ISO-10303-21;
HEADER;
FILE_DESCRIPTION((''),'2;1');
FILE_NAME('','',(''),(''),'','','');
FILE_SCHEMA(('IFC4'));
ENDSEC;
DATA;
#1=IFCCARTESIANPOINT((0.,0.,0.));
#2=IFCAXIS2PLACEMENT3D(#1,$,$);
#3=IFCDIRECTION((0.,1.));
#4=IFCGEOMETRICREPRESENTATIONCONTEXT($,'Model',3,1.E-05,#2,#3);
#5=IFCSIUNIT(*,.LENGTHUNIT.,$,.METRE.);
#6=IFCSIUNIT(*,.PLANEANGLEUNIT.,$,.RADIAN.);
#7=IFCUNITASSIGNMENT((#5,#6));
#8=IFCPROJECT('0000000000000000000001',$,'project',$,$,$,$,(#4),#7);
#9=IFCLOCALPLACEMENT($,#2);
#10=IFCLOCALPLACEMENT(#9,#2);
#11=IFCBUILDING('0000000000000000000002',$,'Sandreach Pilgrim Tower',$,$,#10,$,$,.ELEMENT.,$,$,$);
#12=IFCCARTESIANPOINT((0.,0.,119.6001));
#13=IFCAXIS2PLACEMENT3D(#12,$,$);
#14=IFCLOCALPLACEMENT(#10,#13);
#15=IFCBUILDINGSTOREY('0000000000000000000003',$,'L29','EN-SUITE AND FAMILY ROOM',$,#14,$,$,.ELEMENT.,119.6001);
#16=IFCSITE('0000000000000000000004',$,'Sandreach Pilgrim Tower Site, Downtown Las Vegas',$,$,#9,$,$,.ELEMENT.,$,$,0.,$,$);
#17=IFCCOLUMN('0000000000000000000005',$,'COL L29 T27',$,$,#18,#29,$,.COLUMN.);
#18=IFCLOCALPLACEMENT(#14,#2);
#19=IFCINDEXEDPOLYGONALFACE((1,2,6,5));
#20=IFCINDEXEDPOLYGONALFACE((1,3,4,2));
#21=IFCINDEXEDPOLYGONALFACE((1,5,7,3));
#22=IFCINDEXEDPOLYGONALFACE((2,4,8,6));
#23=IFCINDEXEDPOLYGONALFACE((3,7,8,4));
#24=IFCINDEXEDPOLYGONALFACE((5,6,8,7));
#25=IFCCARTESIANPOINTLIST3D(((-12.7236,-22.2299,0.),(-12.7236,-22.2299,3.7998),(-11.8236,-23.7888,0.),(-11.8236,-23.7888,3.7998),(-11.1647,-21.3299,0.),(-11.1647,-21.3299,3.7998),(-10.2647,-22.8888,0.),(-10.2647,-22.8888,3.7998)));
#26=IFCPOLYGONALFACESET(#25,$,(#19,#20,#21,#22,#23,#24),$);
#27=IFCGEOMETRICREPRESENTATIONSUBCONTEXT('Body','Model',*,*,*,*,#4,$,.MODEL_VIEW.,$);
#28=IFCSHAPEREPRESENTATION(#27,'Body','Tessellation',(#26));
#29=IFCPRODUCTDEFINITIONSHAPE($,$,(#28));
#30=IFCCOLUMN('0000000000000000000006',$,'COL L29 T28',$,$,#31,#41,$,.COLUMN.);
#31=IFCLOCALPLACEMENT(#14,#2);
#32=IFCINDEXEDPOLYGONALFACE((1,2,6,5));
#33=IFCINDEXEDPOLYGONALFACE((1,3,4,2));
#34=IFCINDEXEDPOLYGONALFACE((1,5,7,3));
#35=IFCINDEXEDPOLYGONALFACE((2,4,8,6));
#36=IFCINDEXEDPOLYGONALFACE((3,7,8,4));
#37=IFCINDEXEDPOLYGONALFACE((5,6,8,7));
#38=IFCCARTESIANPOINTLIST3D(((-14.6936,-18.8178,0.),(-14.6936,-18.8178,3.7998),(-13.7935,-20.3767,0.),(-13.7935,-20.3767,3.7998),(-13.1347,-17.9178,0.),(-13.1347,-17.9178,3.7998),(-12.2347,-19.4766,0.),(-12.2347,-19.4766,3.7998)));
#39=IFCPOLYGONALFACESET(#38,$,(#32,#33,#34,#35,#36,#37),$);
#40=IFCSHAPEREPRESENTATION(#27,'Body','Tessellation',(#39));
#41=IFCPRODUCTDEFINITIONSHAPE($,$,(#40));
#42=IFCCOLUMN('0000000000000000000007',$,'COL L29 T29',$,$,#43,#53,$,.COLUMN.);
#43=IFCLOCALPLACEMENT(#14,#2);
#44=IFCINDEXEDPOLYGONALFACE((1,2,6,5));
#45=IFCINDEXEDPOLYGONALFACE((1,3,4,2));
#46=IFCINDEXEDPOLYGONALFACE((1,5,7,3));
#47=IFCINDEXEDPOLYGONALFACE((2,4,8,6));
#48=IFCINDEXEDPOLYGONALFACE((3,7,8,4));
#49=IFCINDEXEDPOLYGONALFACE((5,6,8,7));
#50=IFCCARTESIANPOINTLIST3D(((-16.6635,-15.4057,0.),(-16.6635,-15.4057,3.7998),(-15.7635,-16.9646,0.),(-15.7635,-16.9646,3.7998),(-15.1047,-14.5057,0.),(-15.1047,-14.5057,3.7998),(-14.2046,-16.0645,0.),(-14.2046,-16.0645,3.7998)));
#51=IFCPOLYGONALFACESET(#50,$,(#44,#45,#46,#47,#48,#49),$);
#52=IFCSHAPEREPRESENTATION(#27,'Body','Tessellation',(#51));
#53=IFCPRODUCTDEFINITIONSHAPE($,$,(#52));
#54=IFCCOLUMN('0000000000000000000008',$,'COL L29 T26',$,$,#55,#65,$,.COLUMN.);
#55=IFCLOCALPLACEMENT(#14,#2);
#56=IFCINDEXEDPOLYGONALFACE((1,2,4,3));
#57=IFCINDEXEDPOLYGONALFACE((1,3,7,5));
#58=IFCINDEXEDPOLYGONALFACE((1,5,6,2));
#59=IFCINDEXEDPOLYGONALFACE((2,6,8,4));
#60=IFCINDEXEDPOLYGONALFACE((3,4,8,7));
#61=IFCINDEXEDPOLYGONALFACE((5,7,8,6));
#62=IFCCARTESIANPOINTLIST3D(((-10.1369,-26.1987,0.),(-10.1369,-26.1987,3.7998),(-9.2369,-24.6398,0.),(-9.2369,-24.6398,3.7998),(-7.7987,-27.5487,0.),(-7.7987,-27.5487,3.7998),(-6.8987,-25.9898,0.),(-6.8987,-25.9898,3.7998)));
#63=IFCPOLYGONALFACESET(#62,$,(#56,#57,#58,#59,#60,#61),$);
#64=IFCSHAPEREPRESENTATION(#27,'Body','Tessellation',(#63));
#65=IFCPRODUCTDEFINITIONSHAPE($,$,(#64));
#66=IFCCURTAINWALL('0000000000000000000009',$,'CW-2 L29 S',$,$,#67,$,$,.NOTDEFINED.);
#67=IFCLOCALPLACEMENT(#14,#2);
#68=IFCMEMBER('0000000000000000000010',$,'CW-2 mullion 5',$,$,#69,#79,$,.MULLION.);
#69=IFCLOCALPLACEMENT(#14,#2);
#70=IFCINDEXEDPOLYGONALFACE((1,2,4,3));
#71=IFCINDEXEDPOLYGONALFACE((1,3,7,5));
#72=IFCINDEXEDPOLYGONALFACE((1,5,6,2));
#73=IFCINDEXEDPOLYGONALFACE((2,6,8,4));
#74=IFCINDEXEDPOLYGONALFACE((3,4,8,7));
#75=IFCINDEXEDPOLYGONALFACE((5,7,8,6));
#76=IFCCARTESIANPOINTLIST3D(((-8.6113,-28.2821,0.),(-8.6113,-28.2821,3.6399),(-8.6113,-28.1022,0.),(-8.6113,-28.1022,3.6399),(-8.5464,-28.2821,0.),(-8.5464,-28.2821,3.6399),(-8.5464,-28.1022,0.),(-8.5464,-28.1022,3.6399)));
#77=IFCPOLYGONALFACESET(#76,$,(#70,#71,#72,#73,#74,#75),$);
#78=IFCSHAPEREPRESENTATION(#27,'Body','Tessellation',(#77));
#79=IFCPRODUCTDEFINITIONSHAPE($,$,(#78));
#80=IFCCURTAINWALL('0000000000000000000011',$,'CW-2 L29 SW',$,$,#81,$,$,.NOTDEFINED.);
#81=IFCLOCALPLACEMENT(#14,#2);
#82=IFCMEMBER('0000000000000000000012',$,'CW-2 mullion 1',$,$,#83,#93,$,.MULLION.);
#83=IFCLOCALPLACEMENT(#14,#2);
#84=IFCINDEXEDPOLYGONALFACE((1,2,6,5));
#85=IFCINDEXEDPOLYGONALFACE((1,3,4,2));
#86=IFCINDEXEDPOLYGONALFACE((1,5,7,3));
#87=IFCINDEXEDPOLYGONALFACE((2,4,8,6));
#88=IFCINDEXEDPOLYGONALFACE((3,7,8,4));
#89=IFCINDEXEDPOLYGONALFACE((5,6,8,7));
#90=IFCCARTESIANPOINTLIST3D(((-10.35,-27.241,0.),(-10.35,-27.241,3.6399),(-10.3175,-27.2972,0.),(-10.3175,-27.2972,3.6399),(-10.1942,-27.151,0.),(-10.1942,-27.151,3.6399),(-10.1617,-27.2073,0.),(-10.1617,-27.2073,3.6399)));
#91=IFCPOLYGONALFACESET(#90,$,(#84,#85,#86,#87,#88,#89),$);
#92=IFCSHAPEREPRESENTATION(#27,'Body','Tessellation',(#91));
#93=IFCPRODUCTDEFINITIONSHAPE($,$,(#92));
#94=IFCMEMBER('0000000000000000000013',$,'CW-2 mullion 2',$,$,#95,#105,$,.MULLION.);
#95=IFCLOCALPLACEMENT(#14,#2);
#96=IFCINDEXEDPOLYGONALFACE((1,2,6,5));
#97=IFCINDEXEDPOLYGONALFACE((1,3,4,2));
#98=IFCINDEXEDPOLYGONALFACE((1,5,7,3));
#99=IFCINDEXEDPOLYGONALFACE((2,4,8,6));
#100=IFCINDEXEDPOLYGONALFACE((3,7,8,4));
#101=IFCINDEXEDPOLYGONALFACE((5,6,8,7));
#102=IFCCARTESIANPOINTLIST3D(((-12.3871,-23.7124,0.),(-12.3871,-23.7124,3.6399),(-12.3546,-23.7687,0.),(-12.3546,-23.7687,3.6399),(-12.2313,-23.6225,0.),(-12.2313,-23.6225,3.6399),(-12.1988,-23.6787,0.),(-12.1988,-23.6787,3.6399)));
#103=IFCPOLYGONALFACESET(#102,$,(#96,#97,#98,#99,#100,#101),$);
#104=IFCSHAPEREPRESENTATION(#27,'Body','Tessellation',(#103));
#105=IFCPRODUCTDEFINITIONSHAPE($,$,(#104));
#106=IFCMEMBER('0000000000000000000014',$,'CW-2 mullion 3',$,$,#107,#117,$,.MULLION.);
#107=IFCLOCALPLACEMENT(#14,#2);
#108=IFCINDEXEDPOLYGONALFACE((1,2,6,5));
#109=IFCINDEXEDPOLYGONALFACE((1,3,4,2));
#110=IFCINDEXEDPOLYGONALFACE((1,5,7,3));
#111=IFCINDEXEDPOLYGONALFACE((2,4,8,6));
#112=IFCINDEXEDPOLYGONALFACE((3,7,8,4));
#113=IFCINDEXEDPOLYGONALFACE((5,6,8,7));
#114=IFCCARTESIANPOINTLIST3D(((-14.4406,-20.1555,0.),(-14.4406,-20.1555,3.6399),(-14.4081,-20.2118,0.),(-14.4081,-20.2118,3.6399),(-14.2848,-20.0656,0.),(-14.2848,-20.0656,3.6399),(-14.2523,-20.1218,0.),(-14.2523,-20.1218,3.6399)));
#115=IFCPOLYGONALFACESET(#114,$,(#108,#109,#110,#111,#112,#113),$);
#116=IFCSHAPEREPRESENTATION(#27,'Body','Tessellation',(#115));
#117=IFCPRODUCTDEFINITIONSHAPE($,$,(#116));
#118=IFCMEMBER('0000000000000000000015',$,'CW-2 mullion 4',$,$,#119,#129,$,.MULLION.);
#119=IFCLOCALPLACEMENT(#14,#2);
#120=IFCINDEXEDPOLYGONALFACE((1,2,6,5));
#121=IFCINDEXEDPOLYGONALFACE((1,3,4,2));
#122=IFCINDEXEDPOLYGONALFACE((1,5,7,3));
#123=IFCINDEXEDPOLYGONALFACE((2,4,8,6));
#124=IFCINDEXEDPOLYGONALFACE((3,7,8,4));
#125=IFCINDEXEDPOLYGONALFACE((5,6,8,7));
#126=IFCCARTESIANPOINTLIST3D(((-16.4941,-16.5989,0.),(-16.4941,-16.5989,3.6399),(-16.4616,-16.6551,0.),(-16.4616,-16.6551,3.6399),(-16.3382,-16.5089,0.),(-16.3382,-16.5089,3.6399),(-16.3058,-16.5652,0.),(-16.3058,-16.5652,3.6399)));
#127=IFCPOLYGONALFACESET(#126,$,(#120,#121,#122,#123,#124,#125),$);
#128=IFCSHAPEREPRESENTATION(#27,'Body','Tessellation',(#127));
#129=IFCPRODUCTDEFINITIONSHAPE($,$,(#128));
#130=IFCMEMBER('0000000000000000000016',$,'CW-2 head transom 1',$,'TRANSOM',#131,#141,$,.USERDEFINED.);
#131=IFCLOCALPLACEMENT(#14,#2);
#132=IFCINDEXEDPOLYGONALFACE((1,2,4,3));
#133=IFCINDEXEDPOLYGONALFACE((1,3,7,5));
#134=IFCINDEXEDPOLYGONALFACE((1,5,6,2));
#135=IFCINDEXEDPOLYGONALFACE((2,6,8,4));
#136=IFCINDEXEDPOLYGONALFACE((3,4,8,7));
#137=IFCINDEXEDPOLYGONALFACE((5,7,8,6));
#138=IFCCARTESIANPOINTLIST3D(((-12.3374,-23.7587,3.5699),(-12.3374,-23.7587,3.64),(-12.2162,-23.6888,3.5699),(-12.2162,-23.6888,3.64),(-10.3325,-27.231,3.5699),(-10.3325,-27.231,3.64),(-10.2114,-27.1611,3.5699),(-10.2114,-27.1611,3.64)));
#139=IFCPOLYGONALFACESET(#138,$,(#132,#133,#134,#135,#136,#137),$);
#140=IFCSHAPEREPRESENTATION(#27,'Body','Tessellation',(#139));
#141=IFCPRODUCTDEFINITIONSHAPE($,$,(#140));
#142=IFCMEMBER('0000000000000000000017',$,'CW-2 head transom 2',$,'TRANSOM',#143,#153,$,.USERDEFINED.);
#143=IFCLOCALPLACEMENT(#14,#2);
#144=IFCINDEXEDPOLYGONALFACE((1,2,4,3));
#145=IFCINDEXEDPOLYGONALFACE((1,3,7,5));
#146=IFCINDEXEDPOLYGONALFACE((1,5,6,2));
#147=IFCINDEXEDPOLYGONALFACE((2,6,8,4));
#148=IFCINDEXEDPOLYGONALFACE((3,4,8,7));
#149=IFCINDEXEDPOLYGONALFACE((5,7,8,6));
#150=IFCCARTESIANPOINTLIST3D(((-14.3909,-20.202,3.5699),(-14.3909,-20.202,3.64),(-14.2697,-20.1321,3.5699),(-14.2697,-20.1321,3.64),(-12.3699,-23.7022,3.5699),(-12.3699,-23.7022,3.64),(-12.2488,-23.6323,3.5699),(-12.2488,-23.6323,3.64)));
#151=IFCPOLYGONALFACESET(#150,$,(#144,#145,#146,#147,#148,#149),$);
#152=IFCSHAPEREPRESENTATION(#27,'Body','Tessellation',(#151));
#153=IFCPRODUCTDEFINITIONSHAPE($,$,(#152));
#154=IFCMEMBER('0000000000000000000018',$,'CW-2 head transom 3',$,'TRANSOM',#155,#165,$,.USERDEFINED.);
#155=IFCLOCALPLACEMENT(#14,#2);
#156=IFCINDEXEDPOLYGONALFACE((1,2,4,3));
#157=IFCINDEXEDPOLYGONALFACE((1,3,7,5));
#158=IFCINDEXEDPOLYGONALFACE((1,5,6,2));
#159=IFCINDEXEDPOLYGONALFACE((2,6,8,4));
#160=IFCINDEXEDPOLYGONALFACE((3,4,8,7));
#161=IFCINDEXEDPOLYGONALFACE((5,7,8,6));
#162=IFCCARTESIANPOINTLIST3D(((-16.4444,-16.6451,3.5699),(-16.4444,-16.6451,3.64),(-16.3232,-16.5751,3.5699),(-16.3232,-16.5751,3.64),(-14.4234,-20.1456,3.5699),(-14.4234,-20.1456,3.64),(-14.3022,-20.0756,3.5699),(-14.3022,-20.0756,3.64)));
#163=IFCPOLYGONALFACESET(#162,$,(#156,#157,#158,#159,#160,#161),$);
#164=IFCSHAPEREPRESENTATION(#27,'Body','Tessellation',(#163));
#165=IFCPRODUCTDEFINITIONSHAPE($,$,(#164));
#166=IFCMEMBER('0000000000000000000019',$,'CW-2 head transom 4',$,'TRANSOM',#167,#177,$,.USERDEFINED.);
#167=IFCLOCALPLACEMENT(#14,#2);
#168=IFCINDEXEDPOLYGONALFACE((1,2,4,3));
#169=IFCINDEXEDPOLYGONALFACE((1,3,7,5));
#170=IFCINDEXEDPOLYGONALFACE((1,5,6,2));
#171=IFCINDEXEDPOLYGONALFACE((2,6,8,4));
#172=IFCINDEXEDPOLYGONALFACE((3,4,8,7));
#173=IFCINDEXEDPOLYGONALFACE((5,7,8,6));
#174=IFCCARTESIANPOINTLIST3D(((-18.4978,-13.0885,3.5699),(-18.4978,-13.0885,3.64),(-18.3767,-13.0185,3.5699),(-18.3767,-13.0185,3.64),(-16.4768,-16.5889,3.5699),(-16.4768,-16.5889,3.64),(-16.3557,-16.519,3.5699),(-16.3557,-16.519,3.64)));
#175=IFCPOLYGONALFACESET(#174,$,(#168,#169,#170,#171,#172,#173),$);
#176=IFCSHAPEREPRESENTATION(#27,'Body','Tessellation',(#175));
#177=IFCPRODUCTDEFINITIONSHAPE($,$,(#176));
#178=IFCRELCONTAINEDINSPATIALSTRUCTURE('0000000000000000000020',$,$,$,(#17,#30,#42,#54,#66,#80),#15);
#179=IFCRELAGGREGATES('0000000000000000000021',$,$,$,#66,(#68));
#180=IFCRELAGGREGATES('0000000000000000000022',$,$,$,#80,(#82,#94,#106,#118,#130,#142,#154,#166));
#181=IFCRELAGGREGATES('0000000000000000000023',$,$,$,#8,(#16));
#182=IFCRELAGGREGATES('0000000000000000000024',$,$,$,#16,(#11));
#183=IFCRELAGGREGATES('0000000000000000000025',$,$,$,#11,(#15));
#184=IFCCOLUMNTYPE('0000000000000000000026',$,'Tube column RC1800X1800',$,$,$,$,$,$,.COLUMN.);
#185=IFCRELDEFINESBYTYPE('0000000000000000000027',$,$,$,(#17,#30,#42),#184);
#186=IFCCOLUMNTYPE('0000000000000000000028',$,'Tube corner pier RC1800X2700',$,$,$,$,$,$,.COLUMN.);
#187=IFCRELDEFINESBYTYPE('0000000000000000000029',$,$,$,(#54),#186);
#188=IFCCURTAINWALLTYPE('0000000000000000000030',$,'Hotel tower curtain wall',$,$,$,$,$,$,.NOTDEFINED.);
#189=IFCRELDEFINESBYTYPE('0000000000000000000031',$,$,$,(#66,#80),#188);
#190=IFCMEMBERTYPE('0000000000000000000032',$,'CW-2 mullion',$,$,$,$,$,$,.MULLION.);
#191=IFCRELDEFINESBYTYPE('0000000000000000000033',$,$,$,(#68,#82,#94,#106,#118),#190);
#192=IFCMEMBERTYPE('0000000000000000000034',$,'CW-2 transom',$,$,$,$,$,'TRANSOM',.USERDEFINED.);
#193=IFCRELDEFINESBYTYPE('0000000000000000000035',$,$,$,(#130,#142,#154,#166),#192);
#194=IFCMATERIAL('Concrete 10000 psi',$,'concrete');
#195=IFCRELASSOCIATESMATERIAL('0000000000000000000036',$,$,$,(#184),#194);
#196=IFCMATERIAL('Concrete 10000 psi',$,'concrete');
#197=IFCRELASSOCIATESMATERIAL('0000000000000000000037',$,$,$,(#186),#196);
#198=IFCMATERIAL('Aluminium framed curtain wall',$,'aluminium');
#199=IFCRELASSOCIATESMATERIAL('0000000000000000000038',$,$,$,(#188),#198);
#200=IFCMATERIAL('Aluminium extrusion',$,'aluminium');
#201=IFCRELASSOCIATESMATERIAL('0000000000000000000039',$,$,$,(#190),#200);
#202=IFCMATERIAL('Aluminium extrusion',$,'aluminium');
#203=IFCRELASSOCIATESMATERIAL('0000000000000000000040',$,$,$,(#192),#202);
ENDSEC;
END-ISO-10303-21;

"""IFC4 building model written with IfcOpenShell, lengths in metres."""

from ifc_helpers import new_model, si_unit, direction, frame, origin, origin_2d, place, context, subcontext, project, spatial, rectangle, extrude, material, material_profile, profile_set, type_object, element, aggregate, save


model = new_model("IFC4")

# Units and contexts
model_context = context("Model", 3, precision=1e-05, world=origin(), true_north=direction((0.0, 1.0)))
body_context = subcontext(model_context, "Body", "Model", "MODEL_VIEW")
ifc_project = project(units=[si_unit("LENGTHUNIT", "METRE"), si_unit("PLANEANGLEUNIT", "RADIAN")], contexts=[model_context])

# Site, building, storey
site_placement = place(None, origin())
site = spatial("IfcSite", under=ifc_project, at=site_placement, Name="Sandreach Pilgrim Tower Site, Downtown Las Vegas", CompositionType="ELEMENT", RefElevation=0.0)
building_placement = place(site_placement, origin())
building = spatial("IfcBuilding", under=site, at=building_placement, Name="Sandreach Pilgrim Tower", CompositionType="ELEMENT")
storey_placement = place(building_placement, frame((0.0, 0.0, 119.6001)))
storey = spatial("IfcBuildingStorey", under=building, at=storey_placement, Name="L29", Description="EN-SUITE AND FAMILY ROOM", CompositionType="ELEMENT", Elevation=119.6001)

# Columns
ifc_material_1 = material(Name="Concrete 10000 psi", Category="concrete")
ifc_material_profile_1 = material_profile(ifc_material_1, rectangle(XDim=1.8, YDim=1.8, at=origin_2d()), Name="RC1800X1800")
ifc_profile_set_1 = profile_set([ifc_material_profile_1], Name="Concrete 10000 psi")
column_type_1 = type_object("IfcColumnType", Name="Tube column RC1800X1800", PredefinedType="COLUMN", material=ifc_profile_set_1)
for number, where, z_axis, x_axis, name in (
    (1, (-11.4941, -22.5593, 0.0), (0.0, 0.0, 1.0), (-0.866025, -0.5, 0.0), "COL L29 T27"),
    (2, (-13.4641, -19.1472, 0.0), (0.0, 0.0, 1.0), (-0.866025, -0.5, 0.0), "COL L29 T28"),
    (3, (-15.4341, -15.7351, 0.0), (0.0, 0.0, 1.0), (-0.866025, -0.5, 0.0), "COL L29 T29"),
):
    element("IfcColumn", number, at=place(storey_placement, frame(where, z_axis=z_axis, x_axis=x_axis)), inside=storey, type_object=column_type_1, Name=name, PredefinedType="COLUMN", context=body_context, shape_type="SweptSolid", body=[
        extrude(rectangle(XDim=1.8, YDim=1.8, at=origin_2d()), origin(), (0.0, 0.0, 1.0), 3.7998),
    ])
ifc_material_2 = material(Name="Concrete 10000 psi", Category="concrete")
ifc_material_profile_2 = material_profile(ifc_material_2, rectangle(XDim=1.8, YDim=2.7, at=origin_2d()), Name="RC1800X2700")
ifc_profile_set_2 = profile_set([ifc_material_profile_2], Name="Concrete 10000 psi")
column_type_2 = type_object("IfcColumnType", Name="Tube corner pier RC1800X2700", PredefinedType="COLUMN", material=ifc_profile_set_2)
column_placement = place(storey_placement, frame((-8.5178, -26.0942, 0.0), z_axis=(0.0, 0.0, 1.0), x_axis=(-0.5, -0.866025, 0.0)))
element("IfcColumn", 4, at=column_placement, inside=storey, type_object=column_type_2, Name="COL L29 T26", PredefinedType="COLUMN", context=body_context, shape_type="SweptSolid", body=[
    extrude(rectangle(XDim=1.8, YDim=2.7, at=origin_2d()), origin(), (0.0, 0.0, 1.0), 3.7998),
])

# Curtain wall, member
ifc_material_3 = material(Name="Aluminium framed curtain wall", Category="aluminium")
curtain_wall_type = type_object("IfcCurtainWallType", Name="Hotel tower curtain wall", PredefinedType="NOTDEFINED", material=ifc_material_3)
curtain_wall_1_placement = place(storey_placement, origin())
curtain_wall_1 = element("IfcCurtainWall", 5, at=curtain_wall_1_placement, inside=storey, type_object=curtain_wall_type, Name="CW-2 L29 S", PredefinedType="NOTDEFINED")
ifc_material_4 = material(Name="Aluminium extrusion", Category="aluminium")
ifc_material_profile_3 = material_profile(ifc_material_4, rectangle(XDim=0.0649, YDim=0.1799, at=origin_2d()), Name="CW-2M 65X180")
ifc_profile_set_3 = profile_set([ifc_material_profile_3], Name="Aluminium extrusion")
member_type_1 = type_object("IfcMemberType", Name="CW-2 mullion", PredefinedType="MULLION", material=ifc_profile_set_3)
member_1_placement = place(storey_placement, frame((-8.5789, -28.1921, 0.0), z_axis=(0.0, 0.0, 1.0), x_axis=(-1.0, 0.0, 0.0)))
member_1 = element("IfcMember", 6, at=member_1_placement, type_object=member_type_1, Name="CW-2 mullion 5", PredefinedType="MULLION", context=body_context, shape_type="SweptSolid", body=[
    extrude(rectangle(XDim=0.0649, YDim=0.1799, at=origin_2d()), origin(), (0.0, 0.0, 1.0), 3.6399),
])
aggregate(curtain_wall_1, [member_1])

# Curtain wall, members
curtain_wall_2_placement = place(storey_placement, origin())
curtain_wall_2 = element("IfcCurtainWall", 7, at=curtain_wall_2_placement, inside=storey, type_object=curtain_wall_type, Name="CW-2 L29 SW", PredefinedType="NOTDEFINED")
member_2_placement = place(storey_placement, frame((-10.2559, -27.2241, 0.0), z_axis=(0.0, 0.0, 1.0), x_axis=(-0.5, 0.866025, 0.0)))
member_2 = element("IfcMember", 8, at=member_2_placement, type_object=member_type_1, Name="CW-2 mullion 1", PredefinedType="MULLION", context=body_context, shape_type="SweptSolid", body=[
    extrude(rectangle(XDim=0.0649, YDim=0.1799, at=origin_2d()), origin(), (0.0, 0.0, 1.0), 3.6399),
])
member_3_placement = place(storey_placement, frame((-12.293, -23.6956, 0.0), z_axis=(0.0, 0.0, 1.0), x_axis=(-0.5, 0.866025, 0.0)))
member_3 = element("IfcMember", 9, at=member_3_placement, type_object=member_type_1, Name="CW-2 mullion 2", PredefinedType="MULLION", context=body_context, shape_type="SweptSolid", body=[
    extrude(rectangle(XDim=0.0649, YDim=0.1799, at=origin_2d()), origin(), (0.0, 0.0, 1.0), 3.6399),
])
member_4_placement = place(storey_placement, frame((-14.3464, -20.1387, 0.0), z_axis=(0.0, 0.0, 1.0), x_axis=(-0.5, 0.866025, 0.0)))
member_4 = element("IfcMember", 10, at=member_4_placement, type_object=member_type_1, Name="CW-2 mullion 3", PredefinedType="MULLION", context=body_context, shape_type="SweptSolid", body=[
    extrude(rectangle(XDim=0.0649, YDim=0.1799, at=origin_2d()), origin(), (0.0, 0.0, 1.0), 3.6399),
])
member_5_placement = place(storey_placement, frame((-16.3999, -16.582, 0.0), z_axis=(0.0, 0.0, 1.0), x_axis=(-0.5, 0.866025, 0.0)))
member_5 = element("IfcMember", 11, at=member_5_placement, type_object=member_type_1, Name="CW-2 mullion 4", PredefinedType="MULLION", context=body_context, shape_type="SweptSolid", body=[
    extrude(rectangle(XDim=0.0649, YDim=0.1799, at=origin_2d()), origin(), (0.0, 0.0, 1.0), 3.6399),
])
ifc_material_5 = material(Name="Aluminium extrusion", Category="aluminium")
ifc_material_profile_4 = material_profile(ifc_material_5, rectangle(XDim=0.1399, YDim=0.0701, at=origin_2d()), Name="CW-2T 140X70")
ifc_profile_set_4 = profile_set([ifc_material_profile_4], Name="Aluminium extrusion")
member_type_2 = type_object("IfcMemberType", Name="CW-2 transom", ElementType="TRANSOM", PredefinedType="USERDEFINED", material=ifc_profile_set_4)
member_6_placement = place(storey_placement, frame((-10.272, -27.196, 3.605), z_axis=(-0.500016, 0.866016, 0.0), x_axis=(-0.866016, -0.500016, 0.0)))
member_6 = element("IfcMember", 12, at=member_6_placement, type_object=member_type_2, Name="CW-2 head transom 1", ObjectType="TRANSOM", PredefinedType="USERDEFINED", context=body_context, shape_type="SweptSolid", body=[
    extrude(rectangle(XDim=0.1399, YDim=0.0701, at=origin_2d()), origin(), (0.0, 0.0, 1.0), 4.0095),
])
member_7_placement = place(storey_placement, frame((-12.3093, -23.6672, 3.605), z_axis=(-0.500024, 0.866012, 0.0), x_axis=(-0.866012, -0.500024, 0.0)))
member_7 = element("IfcMember", 13, at=member_7_placement, type_object=member_type_2, Name="CW-2 head transom 2", ObjectType="TRANSOM", PredefinedType="USERDEFINED", context=body_context, shape_type="SweptSolid", body=[
    extrude(rectangle(XDim=0.1399, YDim=0.0701, at=origin_2d()), origin(), (0.0, 0.0, 1.0), 4.0417),
])
member_8_placement = place(storey_placement, frame((-14.3628, -20.1106, 3.605), z_axis=(-0.499998, 0.866027, 0.0), x_axis=(-0.866027, -0.499998, 0.0)))
member_8 = element("IfcMember", 14, at=member_8_placement, type_object=member_type_2, Name="CW-2 head transom 3", ObjectType="TRANSOM", PredefinedType="USERDEFINED", context=body_context, shape_type="SweptSolid", body=[
    extrude(rectangle(XDim=0.1399, YDim=0.0701, at=origin_2d()), origin(), (0.0, 0.0, 1.0), 4.042),
])
member_9_placement = place(storey_placement, frame((-16.4163, -16.554, 3.605), z_axis=(-0.499998, 0.866027, 0.0), x_axis=(-0.866027, -0.499998, 0.0)))
member_9 = element("IfcMember", 15, at=member_9_placement, type_object=member_type_2, Name="CW-2 head transom 4", ObjectType="TRANSOM", PredefinedType="USERDEFINED", context=body_context, shape_type="SweptSolid", body=[
    extrude(rectangle(XDim=0.1399, YDim=0.0701, at=origin_2d()), origin(), (0.0, 0.0, 1.0), 4.042),
])

aggregate(curtain_wall_2, [member_2, member_3, member_4, member_5, member_6, member_7, member_8, member_9])

save(model, "model.ifc")
